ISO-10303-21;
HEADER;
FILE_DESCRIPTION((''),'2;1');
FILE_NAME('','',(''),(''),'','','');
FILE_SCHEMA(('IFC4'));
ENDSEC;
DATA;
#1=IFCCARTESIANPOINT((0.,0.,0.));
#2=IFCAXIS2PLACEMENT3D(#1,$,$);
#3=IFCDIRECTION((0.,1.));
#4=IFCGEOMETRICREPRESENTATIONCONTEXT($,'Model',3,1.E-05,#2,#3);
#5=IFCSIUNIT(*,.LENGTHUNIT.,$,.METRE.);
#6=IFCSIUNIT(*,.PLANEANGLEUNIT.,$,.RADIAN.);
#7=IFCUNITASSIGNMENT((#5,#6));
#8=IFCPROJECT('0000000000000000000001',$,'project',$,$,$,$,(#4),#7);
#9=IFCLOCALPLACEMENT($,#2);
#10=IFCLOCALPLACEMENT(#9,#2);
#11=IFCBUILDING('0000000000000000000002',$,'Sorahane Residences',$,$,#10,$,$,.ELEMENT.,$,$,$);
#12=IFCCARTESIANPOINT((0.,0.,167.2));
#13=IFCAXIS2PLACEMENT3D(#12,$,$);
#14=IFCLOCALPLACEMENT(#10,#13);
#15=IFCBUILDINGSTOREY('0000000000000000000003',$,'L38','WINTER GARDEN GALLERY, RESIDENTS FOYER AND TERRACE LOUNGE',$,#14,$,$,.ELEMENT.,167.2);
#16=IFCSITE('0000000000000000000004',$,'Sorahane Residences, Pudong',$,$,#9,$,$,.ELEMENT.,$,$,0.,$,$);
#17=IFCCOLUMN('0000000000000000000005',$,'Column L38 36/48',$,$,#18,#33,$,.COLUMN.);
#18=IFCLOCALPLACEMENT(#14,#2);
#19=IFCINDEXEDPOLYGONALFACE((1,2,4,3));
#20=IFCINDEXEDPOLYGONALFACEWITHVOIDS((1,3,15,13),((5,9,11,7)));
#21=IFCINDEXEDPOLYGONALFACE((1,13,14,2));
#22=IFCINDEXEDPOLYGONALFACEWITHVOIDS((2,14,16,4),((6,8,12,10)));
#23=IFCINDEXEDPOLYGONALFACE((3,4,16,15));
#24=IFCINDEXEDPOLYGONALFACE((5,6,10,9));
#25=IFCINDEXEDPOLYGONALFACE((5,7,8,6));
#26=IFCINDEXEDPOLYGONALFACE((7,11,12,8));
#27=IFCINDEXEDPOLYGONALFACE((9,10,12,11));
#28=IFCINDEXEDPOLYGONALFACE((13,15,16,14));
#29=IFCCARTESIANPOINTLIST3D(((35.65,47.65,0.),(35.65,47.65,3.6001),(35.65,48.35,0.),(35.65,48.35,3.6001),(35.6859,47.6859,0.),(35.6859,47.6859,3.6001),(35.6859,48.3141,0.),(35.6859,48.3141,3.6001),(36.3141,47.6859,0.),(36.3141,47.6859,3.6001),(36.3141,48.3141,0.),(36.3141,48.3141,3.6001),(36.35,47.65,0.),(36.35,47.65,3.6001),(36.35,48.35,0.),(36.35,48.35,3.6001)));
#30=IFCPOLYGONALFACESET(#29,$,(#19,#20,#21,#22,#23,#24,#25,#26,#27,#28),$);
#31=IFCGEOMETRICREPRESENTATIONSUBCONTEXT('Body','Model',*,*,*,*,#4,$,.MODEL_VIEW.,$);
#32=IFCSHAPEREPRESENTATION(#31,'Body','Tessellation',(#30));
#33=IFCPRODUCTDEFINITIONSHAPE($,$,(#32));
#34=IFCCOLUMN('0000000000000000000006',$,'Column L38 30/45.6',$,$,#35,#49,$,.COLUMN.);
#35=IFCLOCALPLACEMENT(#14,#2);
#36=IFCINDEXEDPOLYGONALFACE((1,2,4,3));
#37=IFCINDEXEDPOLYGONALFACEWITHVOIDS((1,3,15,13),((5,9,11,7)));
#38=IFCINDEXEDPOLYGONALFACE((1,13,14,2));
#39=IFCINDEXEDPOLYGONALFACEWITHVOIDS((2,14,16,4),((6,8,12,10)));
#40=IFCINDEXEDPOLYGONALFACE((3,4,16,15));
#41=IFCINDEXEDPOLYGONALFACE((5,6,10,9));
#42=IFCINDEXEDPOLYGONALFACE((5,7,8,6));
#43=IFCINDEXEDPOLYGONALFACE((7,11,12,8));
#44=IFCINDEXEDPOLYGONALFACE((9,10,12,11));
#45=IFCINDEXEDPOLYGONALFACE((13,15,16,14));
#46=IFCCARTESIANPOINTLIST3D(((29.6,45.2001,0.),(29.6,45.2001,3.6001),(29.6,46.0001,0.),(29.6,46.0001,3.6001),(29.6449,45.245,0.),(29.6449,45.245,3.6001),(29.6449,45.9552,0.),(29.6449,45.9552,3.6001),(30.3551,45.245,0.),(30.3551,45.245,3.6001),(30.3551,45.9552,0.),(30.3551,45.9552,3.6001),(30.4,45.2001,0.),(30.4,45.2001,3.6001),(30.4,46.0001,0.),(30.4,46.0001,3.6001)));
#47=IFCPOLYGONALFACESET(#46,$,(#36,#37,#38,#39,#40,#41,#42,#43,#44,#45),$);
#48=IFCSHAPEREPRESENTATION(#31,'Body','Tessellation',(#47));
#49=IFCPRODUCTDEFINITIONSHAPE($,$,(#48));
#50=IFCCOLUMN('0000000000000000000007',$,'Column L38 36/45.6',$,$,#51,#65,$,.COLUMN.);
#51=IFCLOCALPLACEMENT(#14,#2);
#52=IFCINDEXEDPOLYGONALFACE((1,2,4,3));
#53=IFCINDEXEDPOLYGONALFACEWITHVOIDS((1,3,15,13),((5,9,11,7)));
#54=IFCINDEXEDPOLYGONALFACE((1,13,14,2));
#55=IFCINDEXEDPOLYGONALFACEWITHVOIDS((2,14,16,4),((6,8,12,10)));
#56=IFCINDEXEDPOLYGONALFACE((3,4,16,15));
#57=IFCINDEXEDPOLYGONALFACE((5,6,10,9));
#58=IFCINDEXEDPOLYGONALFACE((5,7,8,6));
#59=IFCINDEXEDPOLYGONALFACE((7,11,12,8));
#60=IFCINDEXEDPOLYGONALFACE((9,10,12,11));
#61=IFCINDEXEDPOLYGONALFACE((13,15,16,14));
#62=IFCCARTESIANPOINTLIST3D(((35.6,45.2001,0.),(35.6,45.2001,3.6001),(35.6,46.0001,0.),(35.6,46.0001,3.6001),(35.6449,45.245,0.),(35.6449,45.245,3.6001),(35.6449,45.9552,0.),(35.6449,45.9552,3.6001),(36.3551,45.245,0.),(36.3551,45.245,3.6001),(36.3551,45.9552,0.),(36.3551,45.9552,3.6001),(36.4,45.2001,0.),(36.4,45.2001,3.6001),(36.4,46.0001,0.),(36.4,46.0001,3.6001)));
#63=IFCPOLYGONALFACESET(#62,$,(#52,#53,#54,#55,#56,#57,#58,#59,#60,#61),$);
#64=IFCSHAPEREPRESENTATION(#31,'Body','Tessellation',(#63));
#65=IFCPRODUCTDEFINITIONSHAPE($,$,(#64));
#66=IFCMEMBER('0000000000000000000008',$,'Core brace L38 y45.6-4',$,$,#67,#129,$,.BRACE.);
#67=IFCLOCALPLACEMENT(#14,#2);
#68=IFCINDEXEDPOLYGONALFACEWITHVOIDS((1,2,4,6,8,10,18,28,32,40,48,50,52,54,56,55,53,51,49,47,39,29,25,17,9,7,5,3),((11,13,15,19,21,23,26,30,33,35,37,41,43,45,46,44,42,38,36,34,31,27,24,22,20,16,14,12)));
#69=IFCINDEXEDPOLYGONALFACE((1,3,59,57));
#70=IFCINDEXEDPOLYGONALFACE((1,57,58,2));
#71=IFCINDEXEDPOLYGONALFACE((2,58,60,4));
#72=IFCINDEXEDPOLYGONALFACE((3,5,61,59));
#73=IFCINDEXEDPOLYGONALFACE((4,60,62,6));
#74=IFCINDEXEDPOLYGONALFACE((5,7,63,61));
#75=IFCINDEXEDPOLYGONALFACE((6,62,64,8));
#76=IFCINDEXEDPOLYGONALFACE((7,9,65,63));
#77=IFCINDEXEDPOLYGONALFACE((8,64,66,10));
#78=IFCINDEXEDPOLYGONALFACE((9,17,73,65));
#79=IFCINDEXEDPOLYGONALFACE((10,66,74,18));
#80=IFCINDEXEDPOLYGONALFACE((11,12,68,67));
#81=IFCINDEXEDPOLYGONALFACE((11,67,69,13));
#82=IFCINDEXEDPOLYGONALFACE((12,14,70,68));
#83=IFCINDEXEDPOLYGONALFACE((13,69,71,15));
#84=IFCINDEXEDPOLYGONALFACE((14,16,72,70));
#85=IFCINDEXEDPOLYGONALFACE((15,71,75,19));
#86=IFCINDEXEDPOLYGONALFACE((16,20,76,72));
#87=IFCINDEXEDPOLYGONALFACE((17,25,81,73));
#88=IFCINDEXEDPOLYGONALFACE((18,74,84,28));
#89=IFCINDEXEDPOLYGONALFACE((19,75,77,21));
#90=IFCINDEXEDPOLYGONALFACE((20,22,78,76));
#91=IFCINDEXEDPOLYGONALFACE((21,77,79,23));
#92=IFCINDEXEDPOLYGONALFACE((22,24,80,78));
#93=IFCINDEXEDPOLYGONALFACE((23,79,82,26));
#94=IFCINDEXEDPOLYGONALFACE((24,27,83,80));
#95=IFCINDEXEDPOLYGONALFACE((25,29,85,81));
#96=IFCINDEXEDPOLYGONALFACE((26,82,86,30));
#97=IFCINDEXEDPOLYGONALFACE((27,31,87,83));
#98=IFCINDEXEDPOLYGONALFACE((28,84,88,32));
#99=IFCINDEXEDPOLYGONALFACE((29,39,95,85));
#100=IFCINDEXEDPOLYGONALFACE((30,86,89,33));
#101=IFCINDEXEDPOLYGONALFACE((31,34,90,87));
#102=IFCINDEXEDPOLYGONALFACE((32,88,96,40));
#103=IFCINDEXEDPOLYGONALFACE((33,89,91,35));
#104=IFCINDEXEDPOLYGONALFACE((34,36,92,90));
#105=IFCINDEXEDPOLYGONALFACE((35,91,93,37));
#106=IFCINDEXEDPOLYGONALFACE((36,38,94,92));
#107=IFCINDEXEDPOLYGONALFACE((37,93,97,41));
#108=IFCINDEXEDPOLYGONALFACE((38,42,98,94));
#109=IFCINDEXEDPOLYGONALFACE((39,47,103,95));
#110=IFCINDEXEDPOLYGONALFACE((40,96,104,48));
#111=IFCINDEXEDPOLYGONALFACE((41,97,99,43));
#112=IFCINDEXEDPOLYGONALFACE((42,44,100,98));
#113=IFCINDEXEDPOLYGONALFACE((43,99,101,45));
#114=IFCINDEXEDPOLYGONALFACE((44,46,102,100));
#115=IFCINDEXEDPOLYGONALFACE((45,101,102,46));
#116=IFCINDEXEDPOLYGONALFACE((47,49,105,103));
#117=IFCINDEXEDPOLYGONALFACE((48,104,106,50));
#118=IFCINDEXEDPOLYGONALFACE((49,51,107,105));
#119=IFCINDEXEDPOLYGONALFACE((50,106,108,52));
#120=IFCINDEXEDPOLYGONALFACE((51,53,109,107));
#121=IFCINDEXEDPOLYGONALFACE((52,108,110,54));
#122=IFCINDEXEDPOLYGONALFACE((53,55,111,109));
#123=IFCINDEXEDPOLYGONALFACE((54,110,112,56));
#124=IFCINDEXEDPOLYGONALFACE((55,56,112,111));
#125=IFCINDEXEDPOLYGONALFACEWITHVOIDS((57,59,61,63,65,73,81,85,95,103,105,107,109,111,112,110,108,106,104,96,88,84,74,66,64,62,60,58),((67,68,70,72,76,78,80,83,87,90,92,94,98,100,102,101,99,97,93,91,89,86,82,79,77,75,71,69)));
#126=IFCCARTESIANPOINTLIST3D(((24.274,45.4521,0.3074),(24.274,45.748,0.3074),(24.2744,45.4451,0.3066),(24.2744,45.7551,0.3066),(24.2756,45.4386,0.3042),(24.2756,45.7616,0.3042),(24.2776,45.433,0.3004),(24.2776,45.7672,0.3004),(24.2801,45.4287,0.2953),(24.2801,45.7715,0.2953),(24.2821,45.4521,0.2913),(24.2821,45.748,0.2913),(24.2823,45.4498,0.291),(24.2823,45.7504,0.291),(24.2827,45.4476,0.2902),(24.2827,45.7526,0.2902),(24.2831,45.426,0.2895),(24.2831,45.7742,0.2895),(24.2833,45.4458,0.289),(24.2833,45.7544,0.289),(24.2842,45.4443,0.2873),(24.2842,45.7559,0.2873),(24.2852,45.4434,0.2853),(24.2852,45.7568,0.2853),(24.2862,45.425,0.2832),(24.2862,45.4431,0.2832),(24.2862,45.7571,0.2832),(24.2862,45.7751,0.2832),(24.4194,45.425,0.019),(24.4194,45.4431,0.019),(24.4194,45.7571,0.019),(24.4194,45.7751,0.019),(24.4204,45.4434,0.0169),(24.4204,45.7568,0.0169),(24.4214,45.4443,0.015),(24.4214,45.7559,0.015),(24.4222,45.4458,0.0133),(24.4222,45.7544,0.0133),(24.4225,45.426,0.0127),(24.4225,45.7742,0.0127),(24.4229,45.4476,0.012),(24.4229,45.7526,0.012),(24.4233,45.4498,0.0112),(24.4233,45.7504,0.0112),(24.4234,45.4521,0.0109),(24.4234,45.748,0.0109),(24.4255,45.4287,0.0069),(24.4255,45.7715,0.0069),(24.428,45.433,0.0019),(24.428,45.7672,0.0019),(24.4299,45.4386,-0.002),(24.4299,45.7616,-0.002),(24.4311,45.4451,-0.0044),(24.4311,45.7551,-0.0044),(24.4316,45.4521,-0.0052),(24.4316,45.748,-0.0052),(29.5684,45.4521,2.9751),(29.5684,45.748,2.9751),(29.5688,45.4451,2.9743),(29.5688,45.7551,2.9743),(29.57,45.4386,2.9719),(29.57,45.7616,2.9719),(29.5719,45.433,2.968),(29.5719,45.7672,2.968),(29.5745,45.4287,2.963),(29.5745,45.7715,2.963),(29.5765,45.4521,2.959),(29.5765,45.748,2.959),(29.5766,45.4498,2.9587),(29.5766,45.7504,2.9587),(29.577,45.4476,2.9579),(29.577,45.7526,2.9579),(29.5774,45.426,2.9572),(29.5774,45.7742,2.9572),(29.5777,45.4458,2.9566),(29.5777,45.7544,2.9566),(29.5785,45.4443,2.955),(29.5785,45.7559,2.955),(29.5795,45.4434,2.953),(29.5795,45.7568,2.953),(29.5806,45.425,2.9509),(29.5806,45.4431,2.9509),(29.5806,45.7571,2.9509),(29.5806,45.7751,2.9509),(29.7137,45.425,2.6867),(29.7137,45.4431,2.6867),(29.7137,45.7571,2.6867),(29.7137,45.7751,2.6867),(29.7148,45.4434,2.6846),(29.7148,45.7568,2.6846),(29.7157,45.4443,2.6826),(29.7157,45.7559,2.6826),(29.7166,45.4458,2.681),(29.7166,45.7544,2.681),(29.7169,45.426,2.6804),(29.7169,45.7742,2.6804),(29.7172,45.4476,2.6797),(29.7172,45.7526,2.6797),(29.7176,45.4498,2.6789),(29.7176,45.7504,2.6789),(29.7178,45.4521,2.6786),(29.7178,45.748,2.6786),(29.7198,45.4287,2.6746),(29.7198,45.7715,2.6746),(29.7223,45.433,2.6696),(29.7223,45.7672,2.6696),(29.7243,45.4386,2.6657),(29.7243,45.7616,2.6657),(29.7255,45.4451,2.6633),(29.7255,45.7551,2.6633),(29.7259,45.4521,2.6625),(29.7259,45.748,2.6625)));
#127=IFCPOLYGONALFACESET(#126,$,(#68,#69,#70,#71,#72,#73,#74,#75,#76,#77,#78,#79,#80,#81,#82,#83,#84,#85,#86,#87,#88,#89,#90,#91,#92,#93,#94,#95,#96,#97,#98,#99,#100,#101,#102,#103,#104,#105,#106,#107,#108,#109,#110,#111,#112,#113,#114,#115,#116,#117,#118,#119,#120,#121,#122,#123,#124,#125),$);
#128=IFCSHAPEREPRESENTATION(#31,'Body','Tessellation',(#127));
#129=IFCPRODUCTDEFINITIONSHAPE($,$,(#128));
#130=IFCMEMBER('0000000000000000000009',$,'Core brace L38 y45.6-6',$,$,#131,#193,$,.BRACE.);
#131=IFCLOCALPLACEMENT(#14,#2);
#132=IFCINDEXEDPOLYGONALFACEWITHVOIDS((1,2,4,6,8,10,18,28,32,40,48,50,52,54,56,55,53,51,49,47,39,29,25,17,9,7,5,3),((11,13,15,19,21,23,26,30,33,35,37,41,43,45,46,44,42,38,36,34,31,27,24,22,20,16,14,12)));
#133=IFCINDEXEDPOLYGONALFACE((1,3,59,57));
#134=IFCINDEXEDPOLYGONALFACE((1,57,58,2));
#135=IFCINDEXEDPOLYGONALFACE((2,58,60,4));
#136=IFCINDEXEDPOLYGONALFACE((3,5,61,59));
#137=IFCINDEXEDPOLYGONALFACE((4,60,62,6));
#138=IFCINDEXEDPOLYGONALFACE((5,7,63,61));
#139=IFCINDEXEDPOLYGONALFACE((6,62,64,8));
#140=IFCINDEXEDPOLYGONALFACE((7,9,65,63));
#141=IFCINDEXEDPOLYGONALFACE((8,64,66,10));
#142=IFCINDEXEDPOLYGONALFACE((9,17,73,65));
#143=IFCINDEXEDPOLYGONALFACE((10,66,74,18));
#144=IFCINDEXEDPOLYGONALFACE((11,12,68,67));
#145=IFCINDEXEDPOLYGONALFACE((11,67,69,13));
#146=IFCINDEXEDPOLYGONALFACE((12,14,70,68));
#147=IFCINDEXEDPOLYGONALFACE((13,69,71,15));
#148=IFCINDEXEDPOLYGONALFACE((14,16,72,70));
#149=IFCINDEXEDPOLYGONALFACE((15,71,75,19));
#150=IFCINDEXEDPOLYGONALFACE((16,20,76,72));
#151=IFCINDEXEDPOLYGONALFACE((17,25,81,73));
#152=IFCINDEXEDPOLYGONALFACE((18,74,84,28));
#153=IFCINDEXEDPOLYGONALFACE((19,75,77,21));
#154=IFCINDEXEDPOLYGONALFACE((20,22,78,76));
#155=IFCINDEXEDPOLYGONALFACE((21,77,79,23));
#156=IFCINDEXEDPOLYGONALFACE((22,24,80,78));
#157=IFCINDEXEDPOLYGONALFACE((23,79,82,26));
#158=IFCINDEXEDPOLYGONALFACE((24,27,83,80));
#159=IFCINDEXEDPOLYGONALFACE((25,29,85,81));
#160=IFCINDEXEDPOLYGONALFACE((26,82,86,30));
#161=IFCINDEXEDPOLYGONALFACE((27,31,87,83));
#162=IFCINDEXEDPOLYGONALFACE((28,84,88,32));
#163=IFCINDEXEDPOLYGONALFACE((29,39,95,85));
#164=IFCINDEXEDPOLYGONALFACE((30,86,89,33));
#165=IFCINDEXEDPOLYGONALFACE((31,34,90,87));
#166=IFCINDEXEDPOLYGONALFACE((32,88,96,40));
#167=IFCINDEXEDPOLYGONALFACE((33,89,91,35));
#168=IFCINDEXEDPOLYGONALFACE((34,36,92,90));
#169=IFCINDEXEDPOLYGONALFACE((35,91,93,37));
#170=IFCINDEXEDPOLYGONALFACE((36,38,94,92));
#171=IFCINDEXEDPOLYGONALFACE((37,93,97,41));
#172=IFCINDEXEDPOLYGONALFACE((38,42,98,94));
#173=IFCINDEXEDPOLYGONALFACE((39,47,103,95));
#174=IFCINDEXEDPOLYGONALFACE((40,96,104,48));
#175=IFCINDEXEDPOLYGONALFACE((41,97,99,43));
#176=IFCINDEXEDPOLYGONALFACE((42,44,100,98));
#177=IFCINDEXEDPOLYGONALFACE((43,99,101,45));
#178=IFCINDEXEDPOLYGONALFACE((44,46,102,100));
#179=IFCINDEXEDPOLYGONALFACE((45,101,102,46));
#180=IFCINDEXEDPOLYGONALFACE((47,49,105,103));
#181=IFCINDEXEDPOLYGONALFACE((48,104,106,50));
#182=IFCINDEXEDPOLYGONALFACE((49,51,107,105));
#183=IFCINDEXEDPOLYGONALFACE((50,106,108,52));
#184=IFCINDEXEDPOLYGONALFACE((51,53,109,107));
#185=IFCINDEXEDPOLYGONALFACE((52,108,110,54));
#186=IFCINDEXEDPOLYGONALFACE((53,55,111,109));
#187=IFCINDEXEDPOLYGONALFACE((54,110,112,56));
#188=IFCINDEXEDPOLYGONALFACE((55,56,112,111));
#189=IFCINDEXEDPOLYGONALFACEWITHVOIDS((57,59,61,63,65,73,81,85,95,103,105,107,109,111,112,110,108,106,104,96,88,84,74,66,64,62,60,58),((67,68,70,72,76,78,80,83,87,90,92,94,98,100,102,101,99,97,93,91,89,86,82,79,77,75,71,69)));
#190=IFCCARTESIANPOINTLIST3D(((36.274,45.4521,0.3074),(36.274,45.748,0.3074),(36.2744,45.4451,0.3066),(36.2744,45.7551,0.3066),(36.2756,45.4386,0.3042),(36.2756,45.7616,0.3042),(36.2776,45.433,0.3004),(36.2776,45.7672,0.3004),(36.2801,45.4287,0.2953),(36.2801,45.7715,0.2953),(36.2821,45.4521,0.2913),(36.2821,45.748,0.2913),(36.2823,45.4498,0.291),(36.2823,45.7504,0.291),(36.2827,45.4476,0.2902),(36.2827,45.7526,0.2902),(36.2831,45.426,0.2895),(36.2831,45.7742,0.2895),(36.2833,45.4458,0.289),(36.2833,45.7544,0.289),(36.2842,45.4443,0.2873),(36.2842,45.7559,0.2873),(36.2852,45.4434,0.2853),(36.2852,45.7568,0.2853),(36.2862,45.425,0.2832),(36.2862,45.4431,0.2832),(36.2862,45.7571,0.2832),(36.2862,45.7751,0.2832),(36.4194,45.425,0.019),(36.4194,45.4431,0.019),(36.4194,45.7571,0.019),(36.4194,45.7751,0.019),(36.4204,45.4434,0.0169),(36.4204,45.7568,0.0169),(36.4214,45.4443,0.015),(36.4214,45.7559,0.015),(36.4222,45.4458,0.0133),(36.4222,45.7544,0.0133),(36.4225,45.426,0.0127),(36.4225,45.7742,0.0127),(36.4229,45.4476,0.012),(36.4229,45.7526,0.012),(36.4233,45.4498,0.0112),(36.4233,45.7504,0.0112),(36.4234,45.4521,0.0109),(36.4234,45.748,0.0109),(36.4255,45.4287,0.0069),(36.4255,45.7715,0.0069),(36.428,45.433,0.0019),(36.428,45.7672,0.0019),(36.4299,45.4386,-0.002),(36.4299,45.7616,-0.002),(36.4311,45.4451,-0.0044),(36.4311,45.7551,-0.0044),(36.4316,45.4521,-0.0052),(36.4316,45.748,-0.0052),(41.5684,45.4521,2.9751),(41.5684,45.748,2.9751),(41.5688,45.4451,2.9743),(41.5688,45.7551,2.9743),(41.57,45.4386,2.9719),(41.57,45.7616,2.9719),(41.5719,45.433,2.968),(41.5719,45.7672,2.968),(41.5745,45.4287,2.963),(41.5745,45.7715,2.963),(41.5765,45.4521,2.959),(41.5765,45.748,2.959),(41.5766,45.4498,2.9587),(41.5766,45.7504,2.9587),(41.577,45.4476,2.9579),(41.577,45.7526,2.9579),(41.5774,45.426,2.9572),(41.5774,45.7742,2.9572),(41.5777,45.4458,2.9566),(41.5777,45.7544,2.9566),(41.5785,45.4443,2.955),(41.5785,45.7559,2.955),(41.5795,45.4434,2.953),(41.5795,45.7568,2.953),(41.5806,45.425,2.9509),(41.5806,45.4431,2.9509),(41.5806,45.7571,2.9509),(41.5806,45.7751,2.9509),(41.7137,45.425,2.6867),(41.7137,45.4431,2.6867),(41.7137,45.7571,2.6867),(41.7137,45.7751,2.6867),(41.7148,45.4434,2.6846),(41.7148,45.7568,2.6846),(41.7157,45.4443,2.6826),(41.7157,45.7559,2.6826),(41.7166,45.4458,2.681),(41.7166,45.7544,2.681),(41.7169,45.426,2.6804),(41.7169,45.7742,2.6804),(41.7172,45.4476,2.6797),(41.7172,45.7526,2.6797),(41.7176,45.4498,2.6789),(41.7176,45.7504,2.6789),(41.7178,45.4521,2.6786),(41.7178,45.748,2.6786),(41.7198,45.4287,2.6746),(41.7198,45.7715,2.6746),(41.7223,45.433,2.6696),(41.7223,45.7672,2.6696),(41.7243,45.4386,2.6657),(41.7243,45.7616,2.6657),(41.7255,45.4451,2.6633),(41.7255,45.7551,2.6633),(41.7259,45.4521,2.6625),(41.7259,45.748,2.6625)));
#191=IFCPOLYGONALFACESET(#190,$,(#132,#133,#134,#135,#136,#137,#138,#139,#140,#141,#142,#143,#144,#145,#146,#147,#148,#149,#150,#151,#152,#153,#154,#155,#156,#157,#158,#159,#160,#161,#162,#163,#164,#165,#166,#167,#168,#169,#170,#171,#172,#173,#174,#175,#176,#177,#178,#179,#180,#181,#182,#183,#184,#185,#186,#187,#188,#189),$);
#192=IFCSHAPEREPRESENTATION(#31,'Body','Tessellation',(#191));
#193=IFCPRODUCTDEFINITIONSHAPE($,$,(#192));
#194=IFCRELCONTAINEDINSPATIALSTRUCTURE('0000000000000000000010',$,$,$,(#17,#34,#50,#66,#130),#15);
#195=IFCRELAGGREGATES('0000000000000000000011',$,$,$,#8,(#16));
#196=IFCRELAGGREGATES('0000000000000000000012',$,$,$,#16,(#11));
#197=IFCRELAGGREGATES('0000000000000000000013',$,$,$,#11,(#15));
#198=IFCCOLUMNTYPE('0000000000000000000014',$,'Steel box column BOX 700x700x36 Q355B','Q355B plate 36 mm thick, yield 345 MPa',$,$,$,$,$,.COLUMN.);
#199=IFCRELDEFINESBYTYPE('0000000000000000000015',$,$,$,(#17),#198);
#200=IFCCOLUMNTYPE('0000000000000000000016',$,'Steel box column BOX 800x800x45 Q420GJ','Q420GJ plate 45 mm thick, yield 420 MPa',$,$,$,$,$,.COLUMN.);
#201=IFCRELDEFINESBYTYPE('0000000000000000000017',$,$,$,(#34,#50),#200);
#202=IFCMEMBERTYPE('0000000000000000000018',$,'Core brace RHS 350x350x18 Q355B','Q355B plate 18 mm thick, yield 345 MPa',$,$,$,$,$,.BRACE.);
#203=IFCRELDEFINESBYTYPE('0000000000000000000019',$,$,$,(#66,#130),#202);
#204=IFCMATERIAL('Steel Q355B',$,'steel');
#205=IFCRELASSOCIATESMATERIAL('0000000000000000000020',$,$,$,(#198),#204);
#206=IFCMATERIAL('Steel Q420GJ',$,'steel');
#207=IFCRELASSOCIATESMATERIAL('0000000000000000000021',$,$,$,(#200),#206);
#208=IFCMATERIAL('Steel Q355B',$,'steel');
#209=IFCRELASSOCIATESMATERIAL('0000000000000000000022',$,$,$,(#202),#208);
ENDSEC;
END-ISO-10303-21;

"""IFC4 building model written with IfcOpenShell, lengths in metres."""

from ifc_helpers import new_model, si_unit, direction, frame, origin, origin_2d, place, context, subcontext, project, spatial, hollow_rectangle, extrude, material, material_profile, profile_set, type_object, element, save


model = new_model("IFC4")

# Units and contexts
model_context = context("Model", 3, precision=1e-05, world=origin(), true_north=direction((0.0, 1.0)))
body_context = subcontext(model_context, "Body", "Model", "MODEL_VIEW")
ifc_project = project(units=[si_unit("LENGTHUNIT", "METRE"), si_unit("PLANEANGLEUNIT", "RADIAN")], contexts=[model_context])

# Site, building, storey
site_placement = place(None, origin())
site = spatial("IfcSite", under=ifc_project, at=site_placement, Name="Sorahane Residences, Pudong", CompositionType="ELEMENT", RefElevation=0.0)
building_placement = place(site_placement, origin())
building = spatial("IfcBuilding", under=site, at=building_placement, Name="Sorahane Residences", CompositionType="ELEMENT")
storey_placement = place(building_placement, frame((0.0, 0.0, 167.2)))
storey = spatial("IfcBuildingStorey", under=building, at=storey_placement, Name="L38", Description="WINTER GARDEN GALLERY, RESIDENTS FOYER AND TERRACE LOUNGE", CompositionType="ELEMENT", Elevation=167.2)

# Columns
ifc_material_1 = material(Name="Steel Q355B", Category="steel")
ifc_material_profile_1 = material_profile(ifc_material_1, hollow_rectangle(XDim=0.7, YDim=0.7, WallThickness=0.0359, at=origin_2d()), Name="BOX 700x700x36")
ifc_profile_set_1 = profile_set([ifc_material_profile_1], Name="Steel Q355B")
column_type_1 = type_object("IfcColumnType", Name="Steel box column BOX 700x700x36 Q355B", Description="Q355B plate 36 mm thick, yield 345 MPa", PredefinedType="COLUMN", material=ifc_profile_set_1)
column_placement = place(storey_placement, frame((36.0, 48.0, 0.0), z_axis=(0.0, 0.0, 1.0), x_axis=(1.0, 0.0, 0.0)))
element("IfcColumn", 1, at=column_placement, inside=storey, type_object=column_type_1, Name="Column L38 36/48", PredefinedType="COLUMN", context=body_context, shape_type="SweptSolid", body=[
    extrude(hollow_rectangle(XDim=0.7, YDim=0.7, WallThickness=0.0359, at=origin_2d()), origin(), (0.0, 0.0, 1.0), 3.6001),
])
ifc_material_2 = material(Name="Steel Q420GJ", Category="steel")
ifc_material_profile_2 = material_profile(ifc_material_2, hollow_rectangle(XDim=0.8, YDim=0.8, WallThickness=0.0449, at=origin_2d()), Name="BOX 800x800x45")
ifc_profile_set_2 = profile_set([ifc_material_profile_2], Name="Steel Q420GJ")
column_type_2 = type_object("IfcColumnType", Name="Steel box column BOX 800x800x45 Q420GJ", Description="Q420GJ plate 45 mm thick, yield 420 MPa", PredefinedType="COLUMN", material=ifc_profile_set_2)
for number, where, z_axis, x_axis, name in (
    (2, (30.0, 45.6001, 0.0), (0.0, 0.0, 1.0), (1.0, 0.0, 0.0), "Column L38 30/45.6"),
    (3, (36.0, 45.6001, 0.0), (0.0, 0.0, 1.0), (1.0, 0.0, 0.0), "Column L38 36/45.6"),
):
    element("IfcColumn", number, at=place(storey_placement, frame(where, z_axis=z_axis, x_axis=x_axis)), inside=storey, type_object=column_type_2, Name=name, PredefinedType="COLUMN", context=body_context, shape_type="SweptSolid", body=[
        extrude(hollow_rectangle(XDim=0.8, YDim=0.8, WallThickness=0.0449, at=origin_2d()), origin(), (0.0, 0.0, 1.0), 3.6001),
    ])

# Members
ifc_material_3 = material(Name="Steel Q355B", Category="steel")
ifc_material_profile_3 = material_profile(ifc_material_3, hollow_rectangle(XDim=0.3501, YDim=0.3501, WallThickness=0.0181, InnerFilletRadius=0.009, OuterFilletRadius=0.0271, at=origin_2d()), Name="RHS 350x350x18")
ifc_profile_set_3 = profile_set([ifc_material_profile_3], Name="Steel Q355B")
member_type_1 = type_object("IfcMemberType", Name="Core brace RHS 350x350x18 Q355B", Description="Q355B plate 18 mm thick, yield 345 MPa", PredefinedType="BRACE", material=ifc_profile_set_3)
for number, where, z_axis, x_axis, name in (
    (4, (24.3528, 45.6001, 0.1511), (0.893039, 0.0, 0.449979), (0.0, 1.0, 0.0), "Core brace L38 y45.6-4"),
    (5, (36.3528, 45.6001, 0.1511), (0.893039, 0.0, 0.449979), (0.0, 1.0, 0.0), "Core brace L38 y45.6-6"),
):
    element("IfcMember", number, at=place(storey_placement, frame(where, z_axis=z_axis, x_axis=x_axis)), inside=storey, type_object=member_type_1, Name=name, PredefinedType="BRACE", context=body_context, shape_type="SweptSolid", body=[
        extrude(hollow_rectangle(XDim=0.3501, YDim=0.3501, WallThickness=0.0181, InnerFilletRadius=0.009, OuterFilletRadius=0.0271, at=origin_2d()), origin(), (0.0, 0.0, 1.0), 5.9285),
    ])

save(model, "model.ifc")
